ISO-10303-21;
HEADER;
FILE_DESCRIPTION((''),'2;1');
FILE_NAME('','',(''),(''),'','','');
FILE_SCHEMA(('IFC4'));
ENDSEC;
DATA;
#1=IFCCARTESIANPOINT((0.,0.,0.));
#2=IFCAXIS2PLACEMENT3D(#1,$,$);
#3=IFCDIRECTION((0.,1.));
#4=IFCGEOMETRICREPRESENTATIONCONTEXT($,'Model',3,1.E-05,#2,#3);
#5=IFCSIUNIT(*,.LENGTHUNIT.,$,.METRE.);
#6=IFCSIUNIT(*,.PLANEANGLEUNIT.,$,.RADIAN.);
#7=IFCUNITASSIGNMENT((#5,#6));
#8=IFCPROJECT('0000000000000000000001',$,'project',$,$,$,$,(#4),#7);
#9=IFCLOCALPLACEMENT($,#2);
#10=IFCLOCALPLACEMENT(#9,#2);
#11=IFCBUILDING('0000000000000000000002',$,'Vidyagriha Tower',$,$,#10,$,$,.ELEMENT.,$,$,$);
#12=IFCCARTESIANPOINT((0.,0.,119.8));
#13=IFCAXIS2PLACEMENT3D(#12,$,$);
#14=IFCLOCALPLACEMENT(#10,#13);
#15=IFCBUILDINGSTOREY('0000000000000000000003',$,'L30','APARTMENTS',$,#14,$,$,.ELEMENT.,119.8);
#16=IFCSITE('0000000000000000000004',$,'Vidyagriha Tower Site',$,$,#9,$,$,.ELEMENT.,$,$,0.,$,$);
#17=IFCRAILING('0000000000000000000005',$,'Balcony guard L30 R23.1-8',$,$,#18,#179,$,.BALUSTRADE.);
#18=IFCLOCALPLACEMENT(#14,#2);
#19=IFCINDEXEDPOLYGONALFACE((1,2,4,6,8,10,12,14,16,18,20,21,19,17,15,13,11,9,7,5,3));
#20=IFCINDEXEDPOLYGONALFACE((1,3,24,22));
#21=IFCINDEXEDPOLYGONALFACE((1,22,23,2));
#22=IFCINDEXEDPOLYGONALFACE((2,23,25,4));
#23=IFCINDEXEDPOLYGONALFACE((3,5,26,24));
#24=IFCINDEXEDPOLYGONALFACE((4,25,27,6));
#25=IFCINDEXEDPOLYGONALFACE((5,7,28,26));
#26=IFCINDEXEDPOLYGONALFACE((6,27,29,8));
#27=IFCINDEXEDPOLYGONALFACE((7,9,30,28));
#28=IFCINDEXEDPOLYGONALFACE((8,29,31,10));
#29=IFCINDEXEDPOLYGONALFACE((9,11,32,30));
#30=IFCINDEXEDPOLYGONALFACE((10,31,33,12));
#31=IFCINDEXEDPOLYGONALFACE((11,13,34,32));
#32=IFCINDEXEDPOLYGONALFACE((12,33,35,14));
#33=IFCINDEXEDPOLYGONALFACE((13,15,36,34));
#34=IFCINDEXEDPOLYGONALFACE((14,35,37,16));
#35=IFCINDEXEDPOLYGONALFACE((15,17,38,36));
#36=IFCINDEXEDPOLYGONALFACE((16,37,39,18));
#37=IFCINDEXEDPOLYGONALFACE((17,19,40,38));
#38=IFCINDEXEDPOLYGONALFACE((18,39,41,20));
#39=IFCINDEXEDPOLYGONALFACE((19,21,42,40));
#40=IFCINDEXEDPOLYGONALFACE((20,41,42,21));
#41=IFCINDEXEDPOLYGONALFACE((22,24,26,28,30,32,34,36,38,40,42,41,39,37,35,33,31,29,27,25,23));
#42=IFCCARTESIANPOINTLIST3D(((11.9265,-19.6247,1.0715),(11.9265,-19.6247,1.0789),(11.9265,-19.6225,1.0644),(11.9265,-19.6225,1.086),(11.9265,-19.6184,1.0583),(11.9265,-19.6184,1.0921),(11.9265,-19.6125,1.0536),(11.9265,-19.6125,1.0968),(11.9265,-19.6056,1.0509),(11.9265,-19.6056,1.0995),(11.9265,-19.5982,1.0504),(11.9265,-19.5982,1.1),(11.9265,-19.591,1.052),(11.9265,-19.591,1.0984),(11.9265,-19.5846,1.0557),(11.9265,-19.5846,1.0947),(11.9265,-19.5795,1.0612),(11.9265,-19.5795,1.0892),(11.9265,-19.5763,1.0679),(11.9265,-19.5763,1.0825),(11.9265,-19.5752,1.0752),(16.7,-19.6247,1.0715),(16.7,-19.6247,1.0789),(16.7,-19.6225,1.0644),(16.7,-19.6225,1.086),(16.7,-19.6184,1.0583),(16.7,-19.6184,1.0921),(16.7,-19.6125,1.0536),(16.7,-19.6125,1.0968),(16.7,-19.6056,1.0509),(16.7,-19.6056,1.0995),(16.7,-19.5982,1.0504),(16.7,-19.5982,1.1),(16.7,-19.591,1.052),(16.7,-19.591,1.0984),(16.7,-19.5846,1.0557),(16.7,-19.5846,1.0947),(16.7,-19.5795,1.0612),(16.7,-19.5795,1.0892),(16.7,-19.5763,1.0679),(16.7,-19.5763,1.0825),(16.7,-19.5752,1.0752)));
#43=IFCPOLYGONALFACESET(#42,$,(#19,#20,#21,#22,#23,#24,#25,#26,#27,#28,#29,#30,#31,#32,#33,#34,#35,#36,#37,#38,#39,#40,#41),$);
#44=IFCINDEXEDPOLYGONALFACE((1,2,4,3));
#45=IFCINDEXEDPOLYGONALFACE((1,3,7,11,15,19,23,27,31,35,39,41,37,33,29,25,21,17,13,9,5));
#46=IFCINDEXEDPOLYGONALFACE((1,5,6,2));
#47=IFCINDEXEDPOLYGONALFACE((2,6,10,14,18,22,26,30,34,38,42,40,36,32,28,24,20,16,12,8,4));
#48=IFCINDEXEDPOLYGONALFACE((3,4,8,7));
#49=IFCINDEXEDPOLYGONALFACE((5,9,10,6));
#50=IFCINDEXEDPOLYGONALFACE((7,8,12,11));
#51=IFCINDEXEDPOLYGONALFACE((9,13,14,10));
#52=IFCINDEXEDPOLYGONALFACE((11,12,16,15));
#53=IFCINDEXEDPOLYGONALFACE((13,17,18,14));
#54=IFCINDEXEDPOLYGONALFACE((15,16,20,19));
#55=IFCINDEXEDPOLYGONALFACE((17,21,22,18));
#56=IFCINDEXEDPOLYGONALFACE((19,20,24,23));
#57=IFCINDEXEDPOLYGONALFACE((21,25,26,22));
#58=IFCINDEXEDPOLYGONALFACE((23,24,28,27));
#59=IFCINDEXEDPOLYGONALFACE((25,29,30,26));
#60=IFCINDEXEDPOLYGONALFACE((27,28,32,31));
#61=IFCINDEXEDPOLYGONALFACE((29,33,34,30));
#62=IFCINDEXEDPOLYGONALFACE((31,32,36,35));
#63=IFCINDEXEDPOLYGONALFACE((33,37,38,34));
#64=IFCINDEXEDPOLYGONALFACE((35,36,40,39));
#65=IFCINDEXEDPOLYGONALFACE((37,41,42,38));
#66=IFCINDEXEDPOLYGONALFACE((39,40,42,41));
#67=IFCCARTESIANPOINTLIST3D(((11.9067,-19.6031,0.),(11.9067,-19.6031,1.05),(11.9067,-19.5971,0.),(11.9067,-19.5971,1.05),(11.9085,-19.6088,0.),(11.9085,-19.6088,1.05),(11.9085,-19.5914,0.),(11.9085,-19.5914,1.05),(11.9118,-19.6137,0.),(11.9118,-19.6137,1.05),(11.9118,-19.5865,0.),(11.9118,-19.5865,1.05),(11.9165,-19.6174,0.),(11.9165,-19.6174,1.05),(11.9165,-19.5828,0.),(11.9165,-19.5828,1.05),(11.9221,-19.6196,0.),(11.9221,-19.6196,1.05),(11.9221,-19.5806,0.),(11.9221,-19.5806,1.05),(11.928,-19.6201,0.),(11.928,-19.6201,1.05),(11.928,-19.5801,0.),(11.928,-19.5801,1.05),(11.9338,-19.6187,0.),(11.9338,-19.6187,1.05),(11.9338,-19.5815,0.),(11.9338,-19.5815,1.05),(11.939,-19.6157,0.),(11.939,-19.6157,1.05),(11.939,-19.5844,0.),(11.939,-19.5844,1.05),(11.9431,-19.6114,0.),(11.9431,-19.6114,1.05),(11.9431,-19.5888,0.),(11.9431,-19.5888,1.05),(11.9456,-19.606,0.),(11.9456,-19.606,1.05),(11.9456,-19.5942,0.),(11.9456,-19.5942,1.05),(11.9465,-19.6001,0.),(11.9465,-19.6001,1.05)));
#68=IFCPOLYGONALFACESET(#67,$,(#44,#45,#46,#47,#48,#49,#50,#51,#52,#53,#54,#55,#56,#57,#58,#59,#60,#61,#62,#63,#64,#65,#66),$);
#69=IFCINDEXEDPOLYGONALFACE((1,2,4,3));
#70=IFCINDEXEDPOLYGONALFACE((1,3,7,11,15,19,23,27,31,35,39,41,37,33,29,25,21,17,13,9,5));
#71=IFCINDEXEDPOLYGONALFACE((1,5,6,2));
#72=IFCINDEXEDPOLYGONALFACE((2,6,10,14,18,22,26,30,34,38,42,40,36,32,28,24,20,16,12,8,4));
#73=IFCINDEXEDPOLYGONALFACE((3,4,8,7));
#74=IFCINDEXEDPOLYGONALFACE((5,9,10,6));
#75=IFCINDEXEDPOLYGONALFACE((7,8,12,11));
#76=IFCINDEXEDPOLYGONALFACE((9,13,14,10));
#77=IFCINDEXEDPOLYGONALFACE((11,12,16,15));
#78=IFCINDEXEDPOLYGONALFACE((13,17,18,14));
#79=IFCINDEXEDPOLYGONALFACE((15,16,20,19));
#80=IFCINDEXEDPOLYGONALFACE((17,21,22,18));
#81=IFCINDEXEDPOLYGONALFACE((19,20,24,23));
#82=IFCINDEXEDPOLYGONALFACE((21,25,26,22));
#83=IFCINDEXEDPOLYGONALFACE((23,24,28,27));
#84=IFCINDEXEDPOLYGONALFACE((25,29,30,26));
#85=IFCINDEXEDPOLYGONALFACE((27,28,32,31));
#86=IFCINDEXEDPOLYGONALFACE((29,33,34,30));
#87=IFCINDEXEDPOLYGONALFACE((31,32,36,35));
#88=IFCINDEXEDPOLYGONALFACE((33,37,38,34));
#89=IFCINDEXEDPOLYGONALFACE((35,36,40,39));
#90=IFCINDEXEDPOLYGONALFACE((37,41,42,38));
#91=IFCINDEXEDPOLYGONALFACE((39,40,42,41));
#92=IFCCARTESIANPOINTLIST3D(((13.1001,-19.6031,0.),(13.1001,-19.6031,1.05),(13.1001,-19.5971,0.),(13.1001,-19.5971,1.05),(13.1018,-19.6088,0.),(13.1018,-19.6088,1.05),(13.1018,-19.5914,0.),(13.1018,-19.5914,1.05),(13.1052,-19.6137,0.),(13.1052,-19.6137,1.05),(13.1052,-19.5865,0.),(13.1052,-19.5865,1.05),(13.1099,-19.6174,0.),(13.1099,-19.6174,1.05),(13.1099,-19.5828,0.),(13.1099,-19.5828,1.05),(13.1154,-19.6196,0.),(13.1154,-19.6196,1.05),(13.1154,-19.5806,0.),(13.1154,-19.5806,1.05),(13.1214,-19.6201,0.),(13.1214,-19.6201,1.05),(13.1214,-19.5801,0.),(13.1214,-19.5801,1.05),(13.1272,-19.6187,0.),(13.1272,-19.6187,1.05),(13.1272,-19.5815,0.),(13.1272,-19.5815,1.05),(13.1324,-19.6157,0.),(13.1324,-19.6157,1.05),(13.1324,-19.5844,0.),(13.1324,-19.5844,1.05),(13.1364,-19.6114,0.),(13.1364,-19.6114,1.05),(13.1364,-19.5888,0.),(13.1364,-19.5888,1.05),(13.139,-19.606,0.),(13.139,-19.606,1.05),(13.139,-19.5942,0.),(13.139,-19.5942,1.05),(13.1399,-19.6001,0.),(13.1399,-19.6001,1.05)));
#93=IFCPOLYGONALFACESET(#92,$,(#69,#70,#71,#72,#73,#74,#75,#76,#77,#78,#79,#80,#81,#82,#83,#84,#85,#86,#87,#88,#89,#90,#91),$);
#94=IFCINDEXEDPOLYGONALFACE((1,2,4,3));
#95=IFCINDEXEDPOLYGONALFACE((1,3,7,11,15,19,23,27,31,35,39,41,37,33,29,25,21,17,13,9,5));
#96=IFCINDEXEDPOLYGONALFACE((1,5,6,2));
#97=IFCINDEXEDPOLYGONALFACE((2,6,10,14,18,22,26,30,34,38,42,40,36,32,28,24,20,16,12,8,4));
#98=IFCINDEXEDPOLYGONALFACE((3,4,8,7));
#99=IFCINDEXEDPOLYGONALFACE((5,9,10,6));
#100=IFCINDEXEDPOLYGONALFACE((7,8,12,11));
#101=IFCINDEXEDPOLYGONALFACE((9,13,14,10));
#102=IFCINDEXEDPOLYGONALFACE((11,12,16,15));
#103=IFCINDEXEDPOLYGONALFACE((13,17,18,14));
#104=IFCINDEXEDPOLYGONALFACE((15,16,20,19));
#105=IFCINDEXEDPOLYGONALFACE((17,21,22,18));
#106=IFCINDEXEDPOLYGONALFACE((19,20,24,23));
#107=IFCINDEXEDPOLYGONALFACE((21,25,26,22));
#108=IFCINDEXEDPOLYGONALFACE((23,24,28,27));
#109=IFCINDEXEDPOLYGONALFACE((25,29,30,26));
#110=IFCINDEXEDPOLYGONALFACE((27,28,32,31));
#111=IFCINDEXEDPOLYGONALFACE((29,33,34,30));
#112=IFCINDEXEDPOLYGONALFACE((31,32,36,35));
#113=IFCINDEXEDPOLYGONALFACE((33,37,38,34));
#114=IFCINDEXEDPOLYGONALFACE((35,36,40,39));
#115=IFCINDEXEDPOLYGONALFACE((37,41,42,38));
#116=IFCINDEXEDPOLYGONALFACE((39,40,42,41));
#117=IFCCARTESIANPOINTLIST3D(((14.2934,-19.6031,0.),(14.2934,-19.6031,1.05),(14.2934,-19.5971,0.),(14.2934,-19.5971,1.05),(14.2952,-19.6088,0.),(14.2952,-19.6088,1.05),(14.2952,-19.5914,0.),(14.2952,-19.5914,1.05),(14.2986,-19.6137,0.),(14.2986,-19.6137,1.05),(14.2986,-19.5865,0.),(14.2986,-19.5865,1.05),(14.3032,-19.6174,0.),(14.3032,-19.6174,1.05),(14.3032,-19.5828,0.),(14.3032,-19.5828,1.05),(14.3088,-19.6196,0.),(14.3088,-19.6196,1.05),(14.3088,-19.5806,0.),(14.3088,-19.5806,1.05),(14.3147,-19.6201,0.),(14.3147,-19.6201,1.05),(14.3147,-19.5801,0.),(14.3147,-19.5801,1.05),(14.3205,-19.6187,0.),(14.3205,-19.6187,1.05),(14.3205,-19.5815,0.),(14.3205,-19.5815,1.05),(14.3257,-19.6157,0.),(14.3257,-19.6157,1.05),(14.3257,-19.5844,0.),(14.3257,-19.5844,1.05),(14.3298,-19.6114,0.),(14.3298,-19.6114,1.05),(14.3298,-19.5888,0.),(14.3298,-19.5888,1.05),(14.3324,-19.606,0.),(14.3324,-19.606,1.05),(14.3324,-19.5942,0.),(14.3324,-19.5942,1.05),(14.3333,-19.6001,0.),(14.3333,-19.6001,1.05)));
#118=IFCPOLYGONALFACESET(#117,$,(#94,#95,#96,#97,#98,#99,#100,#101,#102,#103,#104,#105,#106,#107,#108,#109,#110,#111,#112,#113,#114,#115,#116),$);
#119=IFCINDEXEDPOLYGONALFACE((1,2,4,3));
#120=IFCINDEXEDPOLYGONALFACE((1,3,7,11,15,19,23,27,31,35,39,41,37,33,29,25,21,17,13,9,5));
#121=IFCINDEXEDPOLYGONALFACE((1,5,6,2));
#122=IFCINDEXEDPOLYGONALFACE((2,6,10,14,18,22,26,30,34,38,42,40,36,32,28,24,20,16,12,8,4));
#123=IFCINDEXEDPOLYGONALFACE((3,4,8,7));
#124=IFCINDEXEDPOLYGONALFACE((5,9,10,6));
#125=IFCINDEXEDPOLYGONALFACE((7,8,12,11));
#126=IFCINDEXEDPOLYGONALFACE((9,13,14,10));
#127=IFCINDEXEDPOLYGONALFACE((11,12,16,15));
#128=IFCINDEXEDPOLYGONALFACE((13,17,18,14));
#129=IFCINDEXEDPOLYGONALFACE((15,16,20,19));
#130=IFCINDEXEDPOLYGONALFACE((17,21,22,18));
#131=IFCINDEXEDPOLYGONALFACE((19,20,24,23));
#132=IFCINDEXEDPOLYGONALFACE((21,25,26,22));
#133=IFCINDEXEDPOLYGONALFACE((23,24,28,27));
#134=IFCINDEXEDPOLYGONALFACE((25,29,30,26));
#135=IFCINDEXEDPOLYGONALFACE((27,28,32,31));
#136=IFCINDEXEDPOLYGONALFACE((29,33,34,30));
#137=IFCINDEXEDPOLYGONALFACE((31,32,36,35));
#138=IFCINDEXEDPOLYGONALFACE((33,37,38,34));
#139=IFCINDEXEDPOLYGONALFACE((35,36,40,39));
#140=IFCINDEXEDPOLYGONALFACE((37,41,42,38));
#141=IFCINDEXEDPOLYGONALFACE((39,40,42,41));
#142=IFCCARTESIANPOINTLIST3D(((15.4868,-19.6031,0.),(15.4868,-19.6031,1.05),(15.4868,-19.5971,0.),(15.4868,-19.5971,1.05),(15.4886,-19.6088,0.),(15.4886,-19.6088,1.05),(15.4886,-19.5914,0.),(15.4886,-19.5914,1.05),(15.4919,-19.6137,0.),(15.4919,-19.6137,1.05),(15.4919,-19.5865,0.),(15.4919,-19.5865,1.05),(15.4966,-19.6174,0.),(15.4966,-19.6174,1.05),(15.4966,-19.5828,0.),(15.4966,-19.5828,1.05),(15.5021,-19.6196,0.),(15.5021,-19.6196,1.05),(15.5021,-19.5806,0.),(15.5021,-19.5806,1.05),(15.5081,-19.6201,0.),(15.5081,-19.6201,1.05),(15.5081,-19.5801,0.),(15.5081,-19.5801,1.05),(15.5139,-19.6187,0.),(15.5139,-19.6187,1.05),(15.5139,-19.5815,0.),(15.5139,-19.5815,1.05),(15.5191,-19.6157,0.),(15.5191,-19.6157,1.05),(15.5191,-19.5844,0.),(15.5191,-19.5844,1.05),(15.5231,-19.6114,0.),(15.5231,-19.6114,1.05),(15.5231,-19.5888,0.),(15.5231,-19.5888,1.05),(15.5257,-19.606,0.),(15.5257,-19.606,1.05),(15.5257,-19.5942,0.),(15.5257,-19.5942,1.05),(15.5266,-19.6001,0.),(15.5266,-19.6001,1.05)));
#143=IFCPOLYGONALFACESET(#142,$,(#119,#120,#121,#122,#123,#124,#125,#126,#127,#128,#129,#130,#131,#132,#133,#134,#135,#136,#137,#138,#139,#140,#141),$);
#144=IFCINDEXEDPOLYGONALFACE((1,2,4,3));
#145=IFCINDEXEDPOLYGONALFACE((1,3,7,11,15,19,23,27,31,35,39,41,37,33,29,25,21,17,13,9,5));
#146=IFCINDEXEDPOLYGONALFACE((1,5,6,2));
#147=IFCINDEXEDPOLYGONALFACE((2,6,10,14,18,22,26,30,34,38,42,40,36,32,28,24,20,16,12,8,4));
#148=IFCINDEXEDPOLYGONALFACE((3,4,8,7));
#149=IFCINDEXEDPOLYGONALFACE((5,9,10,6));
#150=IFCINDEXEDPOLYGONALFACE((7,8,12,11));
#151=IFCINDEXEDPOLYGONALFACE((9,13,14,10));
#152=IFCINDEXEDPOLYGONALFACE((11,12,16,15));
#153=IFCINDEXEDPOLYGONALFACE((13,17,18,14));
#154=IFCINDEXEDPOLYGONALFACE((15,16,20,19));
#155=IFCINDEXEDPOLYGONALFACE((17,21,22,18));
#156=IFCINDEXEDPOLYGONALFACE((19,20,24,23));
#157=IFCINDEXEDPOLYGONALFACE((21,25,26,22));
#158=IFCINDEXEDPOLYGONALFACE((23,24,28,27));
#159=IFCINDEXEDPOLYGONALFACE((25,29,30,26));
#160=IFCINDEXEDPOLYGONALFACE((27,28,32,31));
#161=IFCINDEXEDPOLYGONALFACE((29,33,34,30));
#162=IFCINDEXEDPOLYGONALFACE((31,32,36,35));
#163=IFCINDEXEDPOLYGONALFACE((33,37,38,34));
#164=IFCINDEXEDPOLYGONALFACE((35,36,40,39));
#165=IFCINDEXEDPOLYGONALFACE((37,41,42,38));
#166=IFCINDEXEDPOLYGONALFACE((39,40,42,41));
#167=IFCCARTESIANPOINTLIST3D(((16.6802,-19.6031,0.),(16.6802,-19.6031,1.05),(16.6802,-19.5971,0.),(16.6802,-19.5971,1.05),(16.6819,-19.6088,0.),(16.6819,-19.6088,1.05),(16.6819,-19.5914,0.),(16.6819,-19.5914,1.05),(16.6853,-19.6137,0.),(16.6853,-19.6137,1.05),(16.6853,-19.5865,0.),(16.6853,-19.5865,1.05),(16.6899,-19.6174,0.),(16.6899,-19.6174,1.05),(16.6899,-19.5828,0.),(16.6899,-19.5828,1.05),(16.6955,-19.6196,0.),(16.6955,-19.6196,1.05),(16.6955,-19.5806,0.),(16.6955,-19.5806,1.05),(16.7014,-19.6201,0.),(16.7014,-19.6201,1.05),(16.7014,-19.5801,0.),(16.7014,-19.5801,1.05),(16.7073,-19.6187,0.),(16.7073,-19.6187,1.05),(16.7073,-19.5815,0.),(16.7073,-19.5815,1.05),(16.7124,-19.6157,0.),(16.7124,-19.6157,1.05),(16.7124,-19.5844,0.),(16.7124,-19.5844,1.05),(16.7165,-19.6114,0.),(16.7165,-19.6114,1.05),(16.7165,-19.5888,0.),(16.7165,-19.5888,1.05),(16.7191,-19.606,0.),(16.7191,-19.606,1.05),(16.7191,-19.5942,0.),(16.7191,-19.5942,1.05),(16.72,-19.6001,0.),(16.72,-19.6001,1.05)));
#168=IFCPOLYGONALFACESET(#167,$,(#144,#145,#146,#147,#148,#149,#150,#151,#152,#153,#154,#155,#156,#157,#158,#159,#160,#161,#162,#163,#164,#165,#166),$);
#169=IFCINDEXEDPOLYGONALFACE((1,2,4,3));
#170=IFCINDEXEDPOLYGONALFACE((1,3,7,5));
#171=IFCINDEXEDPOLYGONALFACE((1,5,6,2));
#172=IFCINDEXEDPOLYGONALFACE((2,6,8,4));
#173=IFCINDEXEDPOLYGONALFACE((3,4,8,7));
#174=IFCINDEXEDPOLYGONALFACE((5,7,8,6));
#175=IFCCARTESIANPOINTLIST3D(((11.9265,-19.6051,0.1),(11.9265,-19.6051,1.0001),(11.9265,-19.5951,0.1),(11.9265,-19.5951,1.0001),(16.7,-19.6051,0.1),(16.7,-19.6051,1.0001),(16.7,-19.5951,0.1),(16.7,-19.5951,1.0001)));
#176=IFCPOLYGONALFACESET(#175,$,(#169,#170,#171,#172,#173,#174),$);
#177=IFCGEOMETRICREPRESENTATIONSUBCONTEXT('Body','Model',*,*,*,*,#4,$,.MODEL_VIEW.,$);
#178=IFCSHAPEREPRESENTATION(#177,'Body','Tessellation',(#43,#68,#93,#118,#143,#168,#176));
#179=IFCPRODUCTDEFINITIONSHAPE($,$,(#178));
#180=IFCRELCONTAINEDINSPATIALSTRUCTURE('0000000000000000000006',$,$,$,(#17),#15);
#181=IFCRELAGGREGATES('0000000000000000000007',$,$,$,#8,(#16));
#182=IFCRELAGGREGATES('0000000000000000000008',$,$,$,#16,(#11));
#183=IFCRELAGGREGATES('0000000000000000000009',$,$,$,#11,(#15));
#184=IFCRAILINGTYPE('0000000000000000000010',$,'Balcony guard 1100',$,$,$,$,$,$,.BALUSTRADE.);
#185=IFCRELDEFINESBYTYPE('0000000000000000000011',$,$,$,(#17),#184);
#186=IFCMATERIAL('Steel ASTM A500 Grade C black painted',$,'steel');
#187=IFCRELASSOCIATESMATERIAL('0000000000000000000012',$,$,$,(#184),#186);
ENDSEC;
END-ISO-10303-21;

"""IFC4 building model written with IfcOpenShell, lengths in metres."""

from ifc_helpers import new_model, si_unit, direction, frame, origin, origin_2d, place, context, subcontext, project, spatial, rectangle, circle, extrude, material, type_object, element, save


model = new_model("IFC4")

# Units and contexts
model_context = context("Model", 3, precision=1e-05, world=origin(), true_north=direction((0.0, 1.0)))
body_context = subcontext(model_context, "Body", "Model", "MODEL_VIEW")
ifc_project = project(units=[si_unit("LENGTHUNIT", "METRE"), si_unit("PLANEANGLEUNIT", "RADIAN")], contexts=[model_context])

# Site, building, storey
site_placement = place(None, origin())
site = spatial("IfcSite", under=ifc_project, at=site_placement, Name="Vidyagriha Tower Site", CompositionType="ELEMENT", RefElevation=0.0)
building_placement = place(site_placement, origin())
building = spatial("IfcBuilding", under=site, at=building_placement, Name="Vidyagriha Tower", CompositionType="ELEMENT")
storey_placement = place(building_placement, frame((0.0, 0.0, 119.8)))
storey = spatial("IfcBuildingStorey", under=building, at=storey_placement, Name="L30", Description="APARTMENTS", CompositionType="ELEMENT", Elevation=119.8)

# Railing
ifc_material_1 = material(Name="Steel ASTM A500 Grade C black painted", Category="steel")
railing_type = type_object("IfcRailingType", Name="Balcony guard 1100", PredefinedType="BALUSTRADE", material=ifc_material_1)
railing_1_placement = place(storey_placement, frame((11.9265, -19.6001, 0.0)))
element("IfcRailing", 1, at=railing_1_placement, inside=storey, type_object=railing_type, Name="Balcony guard L30 R23.1-8", PredefinedType="BALUSTRADE", context=body_context, shape_type="SweptSolid", body=[
    extrude(circle(Radius=0.0249, at=origin_2d()), frame((0.0, 0.0, 1.0752), z_axis=(1.0, 0.0, 0.0), x_axis=(0.0, 1.0, 0.0)), (0.0, 0.0, 1.0), 4.7734),
    extrude(circle(Radius=0.02, at=origin_2d()), origin(), (0.0, 0.0, 1.0), 1.05),
    extrude(circle(Radius=0.02, at=origin_2d()), frame((1.1934, 0.0, 0.0)), (0.0, 0.0, 1.0), 1.05),
    extrude(circle(Radius=0.02, at=origin_2d()), frame((2.3867, 0.0, 0.0)), (0.0, 0.0, 1.0), 1.05),
    extrude(circle(Radius=0.02, at=origin_2d()), frame((3.5801, 0.0, 0.0)), (0.0, 0.0, 1.0), 1.05),
    extrude(circle(Radius=0.02, at=origin_2d()), frame((4.7734, 0.0, 0.0)), (0.0, 0.0, 1.0), 1.05),
    extrude(rectangle(XDim=0.01, YDim=0.9001, at=origin_2d()), frame((0.0, 0.0, 0.55), z_axis=(1.0, 0.0, 0.0), x_axis=(0.0, 1.0, 0.0)), (0.0, 0.0, 1.0), 4.7734),
])

save(model, "model.ifc")
